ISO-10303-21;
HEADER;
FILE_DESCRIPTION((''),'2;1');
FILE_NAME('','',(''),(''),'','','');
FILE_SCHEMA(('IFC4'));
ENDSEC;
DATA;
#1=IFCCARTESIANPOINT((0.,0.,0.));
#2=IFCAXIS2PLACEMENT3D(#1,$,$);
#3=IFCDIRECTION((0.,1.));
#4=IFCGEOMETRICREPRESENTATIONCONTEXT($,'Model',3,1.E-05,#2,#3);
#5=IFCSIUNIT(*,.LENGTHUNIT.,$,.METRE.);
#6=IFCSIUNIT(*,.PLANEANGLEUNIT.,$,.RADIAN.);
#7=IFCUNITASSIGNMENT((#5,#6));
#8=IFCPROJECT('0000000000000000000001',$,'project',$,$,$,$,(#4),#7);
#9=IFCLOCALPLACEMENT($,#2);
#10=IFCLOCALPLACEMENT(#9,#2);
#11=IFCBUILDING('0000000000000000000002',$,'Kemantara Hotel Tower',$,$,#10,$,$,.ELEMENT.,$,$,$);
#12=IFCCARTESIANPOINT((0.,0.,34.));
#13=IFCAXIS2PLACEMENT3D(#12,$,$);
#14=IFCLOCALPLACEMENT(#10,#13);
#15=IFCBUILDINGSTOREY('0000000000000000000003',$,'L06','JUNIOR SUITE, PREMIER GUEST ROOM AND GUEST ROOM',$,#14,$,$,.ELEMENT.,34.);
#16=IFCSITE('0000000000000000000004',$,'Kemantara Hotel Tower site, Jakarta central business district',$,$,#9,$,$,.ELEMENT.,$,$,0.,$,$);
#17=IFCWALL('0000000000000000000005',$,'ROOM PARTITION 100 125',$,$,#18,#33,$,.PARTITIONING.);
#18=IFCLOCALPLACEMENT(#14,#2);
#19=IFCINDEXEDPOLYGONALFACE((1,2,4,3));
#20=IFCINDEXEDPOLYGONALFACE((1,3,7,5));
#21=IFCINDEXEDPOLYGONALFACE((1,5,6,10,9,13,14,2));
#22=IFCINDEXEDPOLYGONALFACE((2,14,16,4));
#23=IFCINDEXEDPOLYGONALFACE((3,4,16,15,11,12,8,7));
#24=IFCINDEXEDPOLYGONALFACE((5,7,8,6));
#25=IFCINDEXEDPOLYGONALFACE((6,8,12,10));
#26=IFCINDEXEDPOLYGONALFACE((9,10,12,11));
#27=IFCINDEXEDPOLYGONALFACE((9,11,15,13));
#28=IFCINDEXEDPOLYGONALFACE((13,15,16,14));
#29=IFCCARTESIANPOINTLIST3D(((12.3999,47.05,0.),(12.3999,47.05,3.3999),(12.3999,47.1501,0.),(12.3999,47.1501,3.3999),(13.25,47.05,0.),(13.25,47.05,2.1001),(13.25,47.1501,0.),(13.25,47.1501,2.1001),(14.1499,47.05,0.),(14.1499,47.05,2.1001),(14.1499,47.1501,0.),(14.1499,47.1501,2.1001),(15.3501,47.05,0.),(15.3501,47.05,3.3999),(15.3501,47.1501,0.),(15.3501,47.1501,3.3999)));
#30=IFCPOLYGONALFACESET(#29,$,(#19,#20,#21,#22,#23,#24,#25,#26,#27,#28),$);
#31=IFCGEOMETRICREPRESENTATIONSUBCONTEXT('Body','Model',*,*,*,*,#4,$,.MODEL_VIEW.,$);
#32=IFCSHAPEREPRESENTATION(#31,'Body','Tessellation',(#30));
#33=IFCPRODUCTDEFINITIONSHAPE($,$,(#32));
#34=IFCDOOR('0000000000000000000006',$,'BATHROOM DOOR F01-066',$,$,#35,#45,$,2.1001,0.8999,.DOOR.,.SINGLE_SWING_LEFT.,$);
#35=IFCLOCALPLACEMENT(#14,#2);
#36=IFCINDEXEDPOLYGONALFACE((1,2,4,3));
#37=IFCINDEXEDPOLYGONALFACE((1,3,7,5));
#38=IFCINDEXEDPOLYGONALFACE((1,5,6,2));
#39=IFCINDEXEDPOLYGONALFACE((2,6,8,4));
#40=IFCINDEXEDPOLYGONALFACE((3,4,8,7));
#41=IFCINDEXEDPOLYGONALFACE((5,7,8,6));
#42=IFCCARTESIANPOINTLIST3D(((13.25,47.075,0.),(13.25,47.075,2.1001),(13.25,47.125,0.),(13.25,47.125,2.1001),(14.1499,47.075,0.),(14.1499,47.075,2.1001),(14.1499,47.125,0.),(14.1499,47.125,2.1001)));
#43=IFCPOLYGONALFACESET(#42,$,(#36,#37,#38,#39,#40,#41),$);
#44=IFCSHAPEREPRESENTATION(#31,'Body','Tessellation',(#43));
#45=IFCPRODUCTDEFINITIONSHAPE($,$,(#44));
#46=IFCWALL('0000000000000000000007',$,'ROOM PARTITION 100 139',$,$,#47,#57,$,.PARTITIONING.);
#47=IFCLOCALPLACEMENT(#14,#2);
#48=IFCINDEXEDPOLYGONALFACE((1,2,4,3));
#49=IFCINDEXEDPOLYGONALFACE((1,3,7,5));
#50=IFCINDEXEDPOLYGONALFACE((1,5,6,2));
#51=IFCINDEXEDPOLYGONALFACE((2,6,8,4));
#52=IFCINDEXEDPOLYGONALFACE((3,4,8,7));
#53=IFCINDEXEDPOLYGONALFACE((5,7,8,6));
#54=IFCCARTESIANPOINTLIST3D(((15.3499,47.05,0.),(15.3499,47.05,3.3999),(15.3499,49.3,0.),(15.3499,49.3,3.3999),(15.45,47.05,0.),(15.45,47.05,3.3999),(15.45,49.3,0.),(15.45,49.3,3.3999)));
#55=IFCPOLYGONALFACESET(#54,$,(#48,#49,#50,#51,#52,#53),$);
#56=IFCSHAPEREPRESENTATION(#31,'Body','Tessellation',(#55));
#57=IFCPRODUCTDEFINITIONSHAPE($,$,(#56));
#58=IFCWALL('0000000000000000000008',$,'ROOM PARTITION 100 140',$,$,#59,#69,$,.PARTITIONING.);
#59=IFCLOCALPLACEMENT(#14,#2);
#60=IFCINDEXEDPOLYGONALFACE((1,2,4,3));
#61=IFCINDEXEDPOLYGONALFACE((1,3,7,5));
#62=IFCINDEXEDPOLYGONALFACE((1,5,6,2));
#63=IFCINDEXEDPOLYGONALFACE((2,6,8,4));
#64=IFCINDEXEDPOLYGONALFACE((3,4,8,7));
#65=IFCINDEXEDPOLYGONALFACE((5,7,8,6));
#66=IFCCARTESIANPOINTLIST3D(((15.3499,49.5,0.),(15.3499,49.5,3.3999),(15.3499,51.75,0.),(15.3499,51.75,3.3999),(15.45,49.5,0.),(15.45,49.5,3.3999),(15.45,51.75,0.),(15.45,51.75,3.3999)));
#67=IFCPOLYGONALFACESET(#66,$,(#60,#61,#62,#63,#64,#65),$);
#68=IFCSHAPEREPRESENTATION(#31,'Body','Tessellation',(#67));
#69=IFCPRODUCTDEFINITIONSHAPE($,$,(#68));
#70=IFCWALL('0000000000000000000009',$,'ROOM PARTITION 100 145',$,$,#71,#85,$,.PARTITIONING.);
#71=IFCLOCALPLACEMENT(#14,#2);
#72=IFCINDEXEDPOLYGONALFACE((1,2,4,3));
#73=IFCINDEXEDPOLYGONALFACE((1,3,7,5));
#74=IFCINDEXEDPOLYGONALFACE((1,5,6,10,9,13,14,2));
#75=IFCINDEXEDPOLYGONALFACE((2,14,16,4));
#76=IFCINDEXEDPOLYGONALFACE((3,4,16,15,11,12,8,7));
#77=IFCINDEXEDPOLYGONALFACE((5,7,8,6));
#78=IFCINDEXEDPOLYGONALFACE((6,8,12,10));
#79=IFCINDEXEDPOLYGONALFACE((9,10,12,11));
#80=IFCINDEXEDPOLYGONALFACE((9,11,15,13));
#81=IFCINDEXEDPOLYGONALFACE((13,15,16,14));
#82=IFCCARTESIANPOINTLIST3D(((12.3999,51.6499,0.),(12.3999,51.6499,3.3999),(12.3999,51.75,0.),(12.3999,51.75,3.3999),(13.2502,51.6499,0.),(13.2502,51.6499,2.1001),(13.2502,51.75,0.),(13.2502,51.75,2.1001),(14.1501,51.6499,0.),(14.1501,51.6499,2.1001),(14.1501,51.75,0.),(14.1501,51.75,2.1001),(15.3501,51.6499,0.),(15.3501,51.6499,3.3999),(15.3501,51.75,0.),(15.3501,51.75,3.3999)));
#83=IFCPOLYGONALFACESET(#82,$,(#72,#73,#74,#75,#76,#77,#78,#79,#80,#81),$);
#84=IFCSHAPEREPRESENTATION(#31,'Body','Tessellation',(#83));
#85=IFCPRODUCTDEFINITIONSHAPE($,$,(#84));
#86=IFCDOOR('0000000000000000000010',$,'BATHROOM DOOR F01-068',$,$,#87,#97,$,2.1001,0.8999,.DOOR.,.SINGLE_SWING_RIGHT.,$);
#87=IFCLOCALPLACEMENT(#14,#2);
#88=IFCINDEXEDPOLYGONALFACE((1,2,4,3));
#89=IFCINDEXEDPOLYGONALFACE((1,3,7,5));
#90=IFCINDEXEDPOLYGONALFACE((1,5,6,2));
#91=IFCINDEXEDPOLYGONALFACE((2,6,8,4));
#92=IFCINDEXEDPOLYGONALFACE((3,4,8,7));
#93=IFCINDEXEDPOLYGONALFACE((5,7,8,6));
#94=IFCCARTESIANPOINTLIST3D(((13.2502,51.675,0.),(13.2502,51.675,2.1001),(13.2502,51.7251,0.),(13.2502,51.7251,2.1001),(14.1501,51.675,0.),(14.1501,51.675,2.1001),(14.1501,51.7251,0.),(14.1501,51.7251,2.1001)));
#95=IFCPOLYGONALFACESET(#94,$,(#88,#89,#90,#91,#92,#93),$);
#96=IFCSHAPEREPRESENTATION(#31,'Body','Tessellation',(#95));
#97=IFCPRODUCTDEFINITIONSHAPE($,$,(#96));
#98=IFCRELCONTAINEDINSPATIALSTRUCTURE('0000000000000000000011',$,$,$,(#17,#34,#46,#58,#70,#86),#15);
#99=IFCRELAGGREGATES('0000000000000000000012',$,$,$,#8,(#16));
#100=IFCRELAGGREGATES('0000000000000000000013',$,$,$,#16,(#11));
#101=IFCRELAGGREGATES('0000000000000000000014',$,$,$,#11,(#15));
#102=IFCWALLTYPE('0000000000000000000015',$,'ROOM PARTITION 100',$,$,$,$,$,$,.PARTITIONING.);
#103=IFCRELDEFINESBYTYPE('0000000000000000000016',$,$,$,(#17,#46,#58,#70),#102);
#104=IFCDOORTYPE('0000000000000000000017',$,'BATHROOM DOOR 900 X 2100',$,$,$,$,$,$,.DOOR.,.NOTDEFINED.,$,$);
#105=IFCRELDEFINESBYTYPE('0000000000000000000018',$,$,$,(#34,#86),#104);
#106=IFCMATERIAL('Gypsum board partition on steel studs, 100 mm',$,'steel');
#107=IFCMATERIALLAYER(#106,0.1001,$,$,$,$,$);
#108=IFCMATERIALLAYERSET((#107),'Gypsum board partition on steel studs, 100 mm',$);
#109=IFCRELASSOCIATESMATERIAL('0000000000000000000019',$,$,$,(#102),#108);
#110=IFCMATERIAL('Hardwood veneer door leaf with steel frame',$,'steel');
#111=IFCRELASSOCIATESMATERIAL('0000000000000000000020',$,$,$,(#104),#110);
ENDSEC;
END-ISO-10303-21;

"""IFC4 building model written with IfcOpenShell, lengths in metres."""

from ifc_helpers import new_model, si_unit, direction, frame, frame_2d, origin, place, context, subcontext, project, spatial, rectangle, extrude, material, layer, layer_set, type_object, element, fill, save


model = new_model("IFC4")

# Units and contexts
model_context = context("Model", 3, precision=1e-05, world=origin(), true_north=direction((0.0, 1.0)))
body_context = subcontext(model_context, "Body", "Model", "MODEL_VIEW")
ifc_project = project(units=[si_unit("LENGTHUNIT", "METRE"), si_unit("PLANEANGLEUNIT", "RADIAN")], contexts=[model_context])

# Site, building, storey
site_placement = place(None, origin())
site = spatial("IfcSite", under=ifc_project, at=site_placement, Name="Kemantara Hotel Tower site, Jakarta central business district", CompositionType="ELEMENT", RefElevation=0.0)
building_placement = place(site_placement, origin())
building = spatial("IfcBuilding", under=site, at=building_placement, Name="Kemantara Hotel Tower", CompositionType="ELEMENT")
storey_placement = place(building_placement, frame((0.0, 0.0, 34.0)))
storey = spatial("IfcBuildingStorey", under=building, at=storey_placement, Name="L06", Description="JUNIOR SUITE, PREMIER GUEST ROOM AND GUEST ROOM", CompositionType="ELEMENT", Elevation=34.0)

# Shared definitions
ifc_material_1 = material(Name="Hardwood veneer door leaf with steel frame", Category="steel")

# Wall, opening, door
ifc_material_2 = material(Name="Gypsum board partition on steel studs, 100 mm", Category="steel")
ifc_layer_1 = layer(ifc_material_2, 0.1001)
ifc_layer_set_1 = layer_set([ifc_layer_1], Name="Gypsum board partition on steel studs, 100 mm")
wall_type_1 = type_object("IfcWallType", Name="ROOM PARTITION 100", PredefinedType="PARTITIONING", material=ifc_layer_set_1)
wall_1_placement = place(storey_placement, frame((12.3999, 47.1001, 0.0), z_axis=(0.0, 0.0, 1.0), x_axis=(1.0, 0.0, 0.0)))
wall_1 = element("IfcWall", 1, at=wall_1_placement, inside=storey, type_object=wall_type_1, Name="ROOM PARTITION 100 125", PredefinedType="PARTITIONING", context=body_context, shape_type="SweptSolid", body=[
    extrude(rectangle(XDim=2.9502, YDim=0.1001, at=frame_2d((1.4751, 0.0))), origin(), (0.0, 0.0, 1.0), 3.3999),
])
opening_1_placement = place(wall_1_placement, frame((0.8501, 0.0, 0.0)))
opening_1 = element("IfcOpeningElement", 2, at=opening_1_placement, cuts=wall_1, PredefinedType="OPENING", context=body_context, shape_type="SweptSolid", body=[
    extrude(rectangle(XDim=0.8999, YDim=2.1001, at=frame_2d((0.45, 1.05))), frame((0.0, 0.0601, 0.0), z_axis=(0.0, -1.0, 0.0), x_axis=(1.0, 0.0, 0.0)), (0.0, 0.0, 1.0), 0.1201),
])
door_type_1 = type_object("IfcDoorType", Name="BATHROOM DOOR 900 X 2100", OperationType="NOTDEFINED", PredefinedType="DOOR", material=ifc_material_1)
door_1_placement = place(opening_1_placement, origin())
door_1 = element("IfcDoor", 3, at=door_1_placement, inside=storey, type_object=door_type_1, Name="BATHROOM DOOR F01-066", OperationType="SINGLE_SWING_LEFT", OverallHeight=2.1001, OverallWidth=0.8999, PredefinedType="DOOR", context=body_context, shape_type="SweptSolid", body=[
    extrude(rectangle(XDim=0.8999, YDim=2.1001, at=frame_2d((0.45, 1.05))), frame((0.0, 0.0249, 0.0), z_axis=(0.0, -1.0, 0.0), x_axis=(1.0, 0.0, 0.0)), (0.0, 0.0, 1.0), 0.05),
])
fill(opening_1, door_1)

# Walls
for number, where, z_axis, x_axis, name in (
    (4, (15.3999, 47.05, 0.0), (0.0, 0.0, 1.0), (0.0, 1.0, 0.0), "ROOM PARTITION 100 139"),
    (5, (15.3999, 49.5, 0.0), (0.0, 0.0, 1.0), (0.0, 1.0, 0.0), "ROOM PARTITION 100 140"),
):
    element("IfcWall", number, at=place(storey_placement, frame(where, z_axis=z_axis, x_axis=x_axis)), inside=storey, type_object=wall_type_1, Name=name, PredefinedType="PARTITIONING", context=body_context, shape_type="SweptSolid", body=[
        extrude(rectangle(XDim=2.25, YDim=0.1001, at=frame_2d((1.125, 0.0))), origin(), (0.0, 0.0, 1.0), 3.3999),
    ])

# Wall, opening, door
wall_2_placement = place(storey_placement, frame((15.3501, 51.7, 0.0), z_axis=(0.0, 0.0, 1.0), x_axis=(-1.0, 0.0, 0.0)))
wall_2 = element("IfcWall", 6, at=wall_2_placement, inside=storey, type_object=wall_type_1, Name="ROOM PARTITION 100 145", PredefinedType="PARTITIONING", context=body_context, shape_type="SweptSolid", body=[
    extrude(rectangle(XDim=2.9502, YDim=0.1001, at=frame_2d((1.4751, 0.0))), origin(), (0.0, 0.0, 1.0), 3.3999),
])
opening_2_placement = place(wall_2_placement, frame((1.2, 0.0, 0.0)))
opening_2 = element("IfcOpeningElement", 7, at=opening_2_placement, cuts=wall_2, PredefinedType="OPENING", context=body_context, shape_type="SweptSolid", body=[
    extrude(rectangle(XDim=0.8999, YDim=2.1001, at=frame_2d((0.45, 1.05))), frame((0.0, 0.0601, 0.0), z_axis=(0.0, -1.0, 0.0), x_axis=(1.0, 0.0, 0.0)), (0.0, 0.0, 1.0), 0.1201),
])
door_2_placement = place(opening_2_placement, origin())
door_2 = element("IfcDoor", 8, at=door_2_placement, inside=storey, type_object=door_type_1, Name="BATHROOM DOOR F01-068", OperationType="SINGLE_SWING_RIGHT", OverallHeight=2.1001, OverallWidth=0.8999, PredefinedType="DOOR", context=body_context, shape_type="SweptSolid", body=[
    extrude(rectangle(XDim=0.8999, YDim=2.1001, at=frame_2d((0.45, 1.05))), frame((0.0, 0.0249, 0.0), z_axis=(0.0, -1.0, 0.0), x_axis=(1.0, 0.0, 0.0)), (0.0, 0.0, 1.0), 0.05),
])
fill(opening_2, door_2)

save(model, "model.ifc")
